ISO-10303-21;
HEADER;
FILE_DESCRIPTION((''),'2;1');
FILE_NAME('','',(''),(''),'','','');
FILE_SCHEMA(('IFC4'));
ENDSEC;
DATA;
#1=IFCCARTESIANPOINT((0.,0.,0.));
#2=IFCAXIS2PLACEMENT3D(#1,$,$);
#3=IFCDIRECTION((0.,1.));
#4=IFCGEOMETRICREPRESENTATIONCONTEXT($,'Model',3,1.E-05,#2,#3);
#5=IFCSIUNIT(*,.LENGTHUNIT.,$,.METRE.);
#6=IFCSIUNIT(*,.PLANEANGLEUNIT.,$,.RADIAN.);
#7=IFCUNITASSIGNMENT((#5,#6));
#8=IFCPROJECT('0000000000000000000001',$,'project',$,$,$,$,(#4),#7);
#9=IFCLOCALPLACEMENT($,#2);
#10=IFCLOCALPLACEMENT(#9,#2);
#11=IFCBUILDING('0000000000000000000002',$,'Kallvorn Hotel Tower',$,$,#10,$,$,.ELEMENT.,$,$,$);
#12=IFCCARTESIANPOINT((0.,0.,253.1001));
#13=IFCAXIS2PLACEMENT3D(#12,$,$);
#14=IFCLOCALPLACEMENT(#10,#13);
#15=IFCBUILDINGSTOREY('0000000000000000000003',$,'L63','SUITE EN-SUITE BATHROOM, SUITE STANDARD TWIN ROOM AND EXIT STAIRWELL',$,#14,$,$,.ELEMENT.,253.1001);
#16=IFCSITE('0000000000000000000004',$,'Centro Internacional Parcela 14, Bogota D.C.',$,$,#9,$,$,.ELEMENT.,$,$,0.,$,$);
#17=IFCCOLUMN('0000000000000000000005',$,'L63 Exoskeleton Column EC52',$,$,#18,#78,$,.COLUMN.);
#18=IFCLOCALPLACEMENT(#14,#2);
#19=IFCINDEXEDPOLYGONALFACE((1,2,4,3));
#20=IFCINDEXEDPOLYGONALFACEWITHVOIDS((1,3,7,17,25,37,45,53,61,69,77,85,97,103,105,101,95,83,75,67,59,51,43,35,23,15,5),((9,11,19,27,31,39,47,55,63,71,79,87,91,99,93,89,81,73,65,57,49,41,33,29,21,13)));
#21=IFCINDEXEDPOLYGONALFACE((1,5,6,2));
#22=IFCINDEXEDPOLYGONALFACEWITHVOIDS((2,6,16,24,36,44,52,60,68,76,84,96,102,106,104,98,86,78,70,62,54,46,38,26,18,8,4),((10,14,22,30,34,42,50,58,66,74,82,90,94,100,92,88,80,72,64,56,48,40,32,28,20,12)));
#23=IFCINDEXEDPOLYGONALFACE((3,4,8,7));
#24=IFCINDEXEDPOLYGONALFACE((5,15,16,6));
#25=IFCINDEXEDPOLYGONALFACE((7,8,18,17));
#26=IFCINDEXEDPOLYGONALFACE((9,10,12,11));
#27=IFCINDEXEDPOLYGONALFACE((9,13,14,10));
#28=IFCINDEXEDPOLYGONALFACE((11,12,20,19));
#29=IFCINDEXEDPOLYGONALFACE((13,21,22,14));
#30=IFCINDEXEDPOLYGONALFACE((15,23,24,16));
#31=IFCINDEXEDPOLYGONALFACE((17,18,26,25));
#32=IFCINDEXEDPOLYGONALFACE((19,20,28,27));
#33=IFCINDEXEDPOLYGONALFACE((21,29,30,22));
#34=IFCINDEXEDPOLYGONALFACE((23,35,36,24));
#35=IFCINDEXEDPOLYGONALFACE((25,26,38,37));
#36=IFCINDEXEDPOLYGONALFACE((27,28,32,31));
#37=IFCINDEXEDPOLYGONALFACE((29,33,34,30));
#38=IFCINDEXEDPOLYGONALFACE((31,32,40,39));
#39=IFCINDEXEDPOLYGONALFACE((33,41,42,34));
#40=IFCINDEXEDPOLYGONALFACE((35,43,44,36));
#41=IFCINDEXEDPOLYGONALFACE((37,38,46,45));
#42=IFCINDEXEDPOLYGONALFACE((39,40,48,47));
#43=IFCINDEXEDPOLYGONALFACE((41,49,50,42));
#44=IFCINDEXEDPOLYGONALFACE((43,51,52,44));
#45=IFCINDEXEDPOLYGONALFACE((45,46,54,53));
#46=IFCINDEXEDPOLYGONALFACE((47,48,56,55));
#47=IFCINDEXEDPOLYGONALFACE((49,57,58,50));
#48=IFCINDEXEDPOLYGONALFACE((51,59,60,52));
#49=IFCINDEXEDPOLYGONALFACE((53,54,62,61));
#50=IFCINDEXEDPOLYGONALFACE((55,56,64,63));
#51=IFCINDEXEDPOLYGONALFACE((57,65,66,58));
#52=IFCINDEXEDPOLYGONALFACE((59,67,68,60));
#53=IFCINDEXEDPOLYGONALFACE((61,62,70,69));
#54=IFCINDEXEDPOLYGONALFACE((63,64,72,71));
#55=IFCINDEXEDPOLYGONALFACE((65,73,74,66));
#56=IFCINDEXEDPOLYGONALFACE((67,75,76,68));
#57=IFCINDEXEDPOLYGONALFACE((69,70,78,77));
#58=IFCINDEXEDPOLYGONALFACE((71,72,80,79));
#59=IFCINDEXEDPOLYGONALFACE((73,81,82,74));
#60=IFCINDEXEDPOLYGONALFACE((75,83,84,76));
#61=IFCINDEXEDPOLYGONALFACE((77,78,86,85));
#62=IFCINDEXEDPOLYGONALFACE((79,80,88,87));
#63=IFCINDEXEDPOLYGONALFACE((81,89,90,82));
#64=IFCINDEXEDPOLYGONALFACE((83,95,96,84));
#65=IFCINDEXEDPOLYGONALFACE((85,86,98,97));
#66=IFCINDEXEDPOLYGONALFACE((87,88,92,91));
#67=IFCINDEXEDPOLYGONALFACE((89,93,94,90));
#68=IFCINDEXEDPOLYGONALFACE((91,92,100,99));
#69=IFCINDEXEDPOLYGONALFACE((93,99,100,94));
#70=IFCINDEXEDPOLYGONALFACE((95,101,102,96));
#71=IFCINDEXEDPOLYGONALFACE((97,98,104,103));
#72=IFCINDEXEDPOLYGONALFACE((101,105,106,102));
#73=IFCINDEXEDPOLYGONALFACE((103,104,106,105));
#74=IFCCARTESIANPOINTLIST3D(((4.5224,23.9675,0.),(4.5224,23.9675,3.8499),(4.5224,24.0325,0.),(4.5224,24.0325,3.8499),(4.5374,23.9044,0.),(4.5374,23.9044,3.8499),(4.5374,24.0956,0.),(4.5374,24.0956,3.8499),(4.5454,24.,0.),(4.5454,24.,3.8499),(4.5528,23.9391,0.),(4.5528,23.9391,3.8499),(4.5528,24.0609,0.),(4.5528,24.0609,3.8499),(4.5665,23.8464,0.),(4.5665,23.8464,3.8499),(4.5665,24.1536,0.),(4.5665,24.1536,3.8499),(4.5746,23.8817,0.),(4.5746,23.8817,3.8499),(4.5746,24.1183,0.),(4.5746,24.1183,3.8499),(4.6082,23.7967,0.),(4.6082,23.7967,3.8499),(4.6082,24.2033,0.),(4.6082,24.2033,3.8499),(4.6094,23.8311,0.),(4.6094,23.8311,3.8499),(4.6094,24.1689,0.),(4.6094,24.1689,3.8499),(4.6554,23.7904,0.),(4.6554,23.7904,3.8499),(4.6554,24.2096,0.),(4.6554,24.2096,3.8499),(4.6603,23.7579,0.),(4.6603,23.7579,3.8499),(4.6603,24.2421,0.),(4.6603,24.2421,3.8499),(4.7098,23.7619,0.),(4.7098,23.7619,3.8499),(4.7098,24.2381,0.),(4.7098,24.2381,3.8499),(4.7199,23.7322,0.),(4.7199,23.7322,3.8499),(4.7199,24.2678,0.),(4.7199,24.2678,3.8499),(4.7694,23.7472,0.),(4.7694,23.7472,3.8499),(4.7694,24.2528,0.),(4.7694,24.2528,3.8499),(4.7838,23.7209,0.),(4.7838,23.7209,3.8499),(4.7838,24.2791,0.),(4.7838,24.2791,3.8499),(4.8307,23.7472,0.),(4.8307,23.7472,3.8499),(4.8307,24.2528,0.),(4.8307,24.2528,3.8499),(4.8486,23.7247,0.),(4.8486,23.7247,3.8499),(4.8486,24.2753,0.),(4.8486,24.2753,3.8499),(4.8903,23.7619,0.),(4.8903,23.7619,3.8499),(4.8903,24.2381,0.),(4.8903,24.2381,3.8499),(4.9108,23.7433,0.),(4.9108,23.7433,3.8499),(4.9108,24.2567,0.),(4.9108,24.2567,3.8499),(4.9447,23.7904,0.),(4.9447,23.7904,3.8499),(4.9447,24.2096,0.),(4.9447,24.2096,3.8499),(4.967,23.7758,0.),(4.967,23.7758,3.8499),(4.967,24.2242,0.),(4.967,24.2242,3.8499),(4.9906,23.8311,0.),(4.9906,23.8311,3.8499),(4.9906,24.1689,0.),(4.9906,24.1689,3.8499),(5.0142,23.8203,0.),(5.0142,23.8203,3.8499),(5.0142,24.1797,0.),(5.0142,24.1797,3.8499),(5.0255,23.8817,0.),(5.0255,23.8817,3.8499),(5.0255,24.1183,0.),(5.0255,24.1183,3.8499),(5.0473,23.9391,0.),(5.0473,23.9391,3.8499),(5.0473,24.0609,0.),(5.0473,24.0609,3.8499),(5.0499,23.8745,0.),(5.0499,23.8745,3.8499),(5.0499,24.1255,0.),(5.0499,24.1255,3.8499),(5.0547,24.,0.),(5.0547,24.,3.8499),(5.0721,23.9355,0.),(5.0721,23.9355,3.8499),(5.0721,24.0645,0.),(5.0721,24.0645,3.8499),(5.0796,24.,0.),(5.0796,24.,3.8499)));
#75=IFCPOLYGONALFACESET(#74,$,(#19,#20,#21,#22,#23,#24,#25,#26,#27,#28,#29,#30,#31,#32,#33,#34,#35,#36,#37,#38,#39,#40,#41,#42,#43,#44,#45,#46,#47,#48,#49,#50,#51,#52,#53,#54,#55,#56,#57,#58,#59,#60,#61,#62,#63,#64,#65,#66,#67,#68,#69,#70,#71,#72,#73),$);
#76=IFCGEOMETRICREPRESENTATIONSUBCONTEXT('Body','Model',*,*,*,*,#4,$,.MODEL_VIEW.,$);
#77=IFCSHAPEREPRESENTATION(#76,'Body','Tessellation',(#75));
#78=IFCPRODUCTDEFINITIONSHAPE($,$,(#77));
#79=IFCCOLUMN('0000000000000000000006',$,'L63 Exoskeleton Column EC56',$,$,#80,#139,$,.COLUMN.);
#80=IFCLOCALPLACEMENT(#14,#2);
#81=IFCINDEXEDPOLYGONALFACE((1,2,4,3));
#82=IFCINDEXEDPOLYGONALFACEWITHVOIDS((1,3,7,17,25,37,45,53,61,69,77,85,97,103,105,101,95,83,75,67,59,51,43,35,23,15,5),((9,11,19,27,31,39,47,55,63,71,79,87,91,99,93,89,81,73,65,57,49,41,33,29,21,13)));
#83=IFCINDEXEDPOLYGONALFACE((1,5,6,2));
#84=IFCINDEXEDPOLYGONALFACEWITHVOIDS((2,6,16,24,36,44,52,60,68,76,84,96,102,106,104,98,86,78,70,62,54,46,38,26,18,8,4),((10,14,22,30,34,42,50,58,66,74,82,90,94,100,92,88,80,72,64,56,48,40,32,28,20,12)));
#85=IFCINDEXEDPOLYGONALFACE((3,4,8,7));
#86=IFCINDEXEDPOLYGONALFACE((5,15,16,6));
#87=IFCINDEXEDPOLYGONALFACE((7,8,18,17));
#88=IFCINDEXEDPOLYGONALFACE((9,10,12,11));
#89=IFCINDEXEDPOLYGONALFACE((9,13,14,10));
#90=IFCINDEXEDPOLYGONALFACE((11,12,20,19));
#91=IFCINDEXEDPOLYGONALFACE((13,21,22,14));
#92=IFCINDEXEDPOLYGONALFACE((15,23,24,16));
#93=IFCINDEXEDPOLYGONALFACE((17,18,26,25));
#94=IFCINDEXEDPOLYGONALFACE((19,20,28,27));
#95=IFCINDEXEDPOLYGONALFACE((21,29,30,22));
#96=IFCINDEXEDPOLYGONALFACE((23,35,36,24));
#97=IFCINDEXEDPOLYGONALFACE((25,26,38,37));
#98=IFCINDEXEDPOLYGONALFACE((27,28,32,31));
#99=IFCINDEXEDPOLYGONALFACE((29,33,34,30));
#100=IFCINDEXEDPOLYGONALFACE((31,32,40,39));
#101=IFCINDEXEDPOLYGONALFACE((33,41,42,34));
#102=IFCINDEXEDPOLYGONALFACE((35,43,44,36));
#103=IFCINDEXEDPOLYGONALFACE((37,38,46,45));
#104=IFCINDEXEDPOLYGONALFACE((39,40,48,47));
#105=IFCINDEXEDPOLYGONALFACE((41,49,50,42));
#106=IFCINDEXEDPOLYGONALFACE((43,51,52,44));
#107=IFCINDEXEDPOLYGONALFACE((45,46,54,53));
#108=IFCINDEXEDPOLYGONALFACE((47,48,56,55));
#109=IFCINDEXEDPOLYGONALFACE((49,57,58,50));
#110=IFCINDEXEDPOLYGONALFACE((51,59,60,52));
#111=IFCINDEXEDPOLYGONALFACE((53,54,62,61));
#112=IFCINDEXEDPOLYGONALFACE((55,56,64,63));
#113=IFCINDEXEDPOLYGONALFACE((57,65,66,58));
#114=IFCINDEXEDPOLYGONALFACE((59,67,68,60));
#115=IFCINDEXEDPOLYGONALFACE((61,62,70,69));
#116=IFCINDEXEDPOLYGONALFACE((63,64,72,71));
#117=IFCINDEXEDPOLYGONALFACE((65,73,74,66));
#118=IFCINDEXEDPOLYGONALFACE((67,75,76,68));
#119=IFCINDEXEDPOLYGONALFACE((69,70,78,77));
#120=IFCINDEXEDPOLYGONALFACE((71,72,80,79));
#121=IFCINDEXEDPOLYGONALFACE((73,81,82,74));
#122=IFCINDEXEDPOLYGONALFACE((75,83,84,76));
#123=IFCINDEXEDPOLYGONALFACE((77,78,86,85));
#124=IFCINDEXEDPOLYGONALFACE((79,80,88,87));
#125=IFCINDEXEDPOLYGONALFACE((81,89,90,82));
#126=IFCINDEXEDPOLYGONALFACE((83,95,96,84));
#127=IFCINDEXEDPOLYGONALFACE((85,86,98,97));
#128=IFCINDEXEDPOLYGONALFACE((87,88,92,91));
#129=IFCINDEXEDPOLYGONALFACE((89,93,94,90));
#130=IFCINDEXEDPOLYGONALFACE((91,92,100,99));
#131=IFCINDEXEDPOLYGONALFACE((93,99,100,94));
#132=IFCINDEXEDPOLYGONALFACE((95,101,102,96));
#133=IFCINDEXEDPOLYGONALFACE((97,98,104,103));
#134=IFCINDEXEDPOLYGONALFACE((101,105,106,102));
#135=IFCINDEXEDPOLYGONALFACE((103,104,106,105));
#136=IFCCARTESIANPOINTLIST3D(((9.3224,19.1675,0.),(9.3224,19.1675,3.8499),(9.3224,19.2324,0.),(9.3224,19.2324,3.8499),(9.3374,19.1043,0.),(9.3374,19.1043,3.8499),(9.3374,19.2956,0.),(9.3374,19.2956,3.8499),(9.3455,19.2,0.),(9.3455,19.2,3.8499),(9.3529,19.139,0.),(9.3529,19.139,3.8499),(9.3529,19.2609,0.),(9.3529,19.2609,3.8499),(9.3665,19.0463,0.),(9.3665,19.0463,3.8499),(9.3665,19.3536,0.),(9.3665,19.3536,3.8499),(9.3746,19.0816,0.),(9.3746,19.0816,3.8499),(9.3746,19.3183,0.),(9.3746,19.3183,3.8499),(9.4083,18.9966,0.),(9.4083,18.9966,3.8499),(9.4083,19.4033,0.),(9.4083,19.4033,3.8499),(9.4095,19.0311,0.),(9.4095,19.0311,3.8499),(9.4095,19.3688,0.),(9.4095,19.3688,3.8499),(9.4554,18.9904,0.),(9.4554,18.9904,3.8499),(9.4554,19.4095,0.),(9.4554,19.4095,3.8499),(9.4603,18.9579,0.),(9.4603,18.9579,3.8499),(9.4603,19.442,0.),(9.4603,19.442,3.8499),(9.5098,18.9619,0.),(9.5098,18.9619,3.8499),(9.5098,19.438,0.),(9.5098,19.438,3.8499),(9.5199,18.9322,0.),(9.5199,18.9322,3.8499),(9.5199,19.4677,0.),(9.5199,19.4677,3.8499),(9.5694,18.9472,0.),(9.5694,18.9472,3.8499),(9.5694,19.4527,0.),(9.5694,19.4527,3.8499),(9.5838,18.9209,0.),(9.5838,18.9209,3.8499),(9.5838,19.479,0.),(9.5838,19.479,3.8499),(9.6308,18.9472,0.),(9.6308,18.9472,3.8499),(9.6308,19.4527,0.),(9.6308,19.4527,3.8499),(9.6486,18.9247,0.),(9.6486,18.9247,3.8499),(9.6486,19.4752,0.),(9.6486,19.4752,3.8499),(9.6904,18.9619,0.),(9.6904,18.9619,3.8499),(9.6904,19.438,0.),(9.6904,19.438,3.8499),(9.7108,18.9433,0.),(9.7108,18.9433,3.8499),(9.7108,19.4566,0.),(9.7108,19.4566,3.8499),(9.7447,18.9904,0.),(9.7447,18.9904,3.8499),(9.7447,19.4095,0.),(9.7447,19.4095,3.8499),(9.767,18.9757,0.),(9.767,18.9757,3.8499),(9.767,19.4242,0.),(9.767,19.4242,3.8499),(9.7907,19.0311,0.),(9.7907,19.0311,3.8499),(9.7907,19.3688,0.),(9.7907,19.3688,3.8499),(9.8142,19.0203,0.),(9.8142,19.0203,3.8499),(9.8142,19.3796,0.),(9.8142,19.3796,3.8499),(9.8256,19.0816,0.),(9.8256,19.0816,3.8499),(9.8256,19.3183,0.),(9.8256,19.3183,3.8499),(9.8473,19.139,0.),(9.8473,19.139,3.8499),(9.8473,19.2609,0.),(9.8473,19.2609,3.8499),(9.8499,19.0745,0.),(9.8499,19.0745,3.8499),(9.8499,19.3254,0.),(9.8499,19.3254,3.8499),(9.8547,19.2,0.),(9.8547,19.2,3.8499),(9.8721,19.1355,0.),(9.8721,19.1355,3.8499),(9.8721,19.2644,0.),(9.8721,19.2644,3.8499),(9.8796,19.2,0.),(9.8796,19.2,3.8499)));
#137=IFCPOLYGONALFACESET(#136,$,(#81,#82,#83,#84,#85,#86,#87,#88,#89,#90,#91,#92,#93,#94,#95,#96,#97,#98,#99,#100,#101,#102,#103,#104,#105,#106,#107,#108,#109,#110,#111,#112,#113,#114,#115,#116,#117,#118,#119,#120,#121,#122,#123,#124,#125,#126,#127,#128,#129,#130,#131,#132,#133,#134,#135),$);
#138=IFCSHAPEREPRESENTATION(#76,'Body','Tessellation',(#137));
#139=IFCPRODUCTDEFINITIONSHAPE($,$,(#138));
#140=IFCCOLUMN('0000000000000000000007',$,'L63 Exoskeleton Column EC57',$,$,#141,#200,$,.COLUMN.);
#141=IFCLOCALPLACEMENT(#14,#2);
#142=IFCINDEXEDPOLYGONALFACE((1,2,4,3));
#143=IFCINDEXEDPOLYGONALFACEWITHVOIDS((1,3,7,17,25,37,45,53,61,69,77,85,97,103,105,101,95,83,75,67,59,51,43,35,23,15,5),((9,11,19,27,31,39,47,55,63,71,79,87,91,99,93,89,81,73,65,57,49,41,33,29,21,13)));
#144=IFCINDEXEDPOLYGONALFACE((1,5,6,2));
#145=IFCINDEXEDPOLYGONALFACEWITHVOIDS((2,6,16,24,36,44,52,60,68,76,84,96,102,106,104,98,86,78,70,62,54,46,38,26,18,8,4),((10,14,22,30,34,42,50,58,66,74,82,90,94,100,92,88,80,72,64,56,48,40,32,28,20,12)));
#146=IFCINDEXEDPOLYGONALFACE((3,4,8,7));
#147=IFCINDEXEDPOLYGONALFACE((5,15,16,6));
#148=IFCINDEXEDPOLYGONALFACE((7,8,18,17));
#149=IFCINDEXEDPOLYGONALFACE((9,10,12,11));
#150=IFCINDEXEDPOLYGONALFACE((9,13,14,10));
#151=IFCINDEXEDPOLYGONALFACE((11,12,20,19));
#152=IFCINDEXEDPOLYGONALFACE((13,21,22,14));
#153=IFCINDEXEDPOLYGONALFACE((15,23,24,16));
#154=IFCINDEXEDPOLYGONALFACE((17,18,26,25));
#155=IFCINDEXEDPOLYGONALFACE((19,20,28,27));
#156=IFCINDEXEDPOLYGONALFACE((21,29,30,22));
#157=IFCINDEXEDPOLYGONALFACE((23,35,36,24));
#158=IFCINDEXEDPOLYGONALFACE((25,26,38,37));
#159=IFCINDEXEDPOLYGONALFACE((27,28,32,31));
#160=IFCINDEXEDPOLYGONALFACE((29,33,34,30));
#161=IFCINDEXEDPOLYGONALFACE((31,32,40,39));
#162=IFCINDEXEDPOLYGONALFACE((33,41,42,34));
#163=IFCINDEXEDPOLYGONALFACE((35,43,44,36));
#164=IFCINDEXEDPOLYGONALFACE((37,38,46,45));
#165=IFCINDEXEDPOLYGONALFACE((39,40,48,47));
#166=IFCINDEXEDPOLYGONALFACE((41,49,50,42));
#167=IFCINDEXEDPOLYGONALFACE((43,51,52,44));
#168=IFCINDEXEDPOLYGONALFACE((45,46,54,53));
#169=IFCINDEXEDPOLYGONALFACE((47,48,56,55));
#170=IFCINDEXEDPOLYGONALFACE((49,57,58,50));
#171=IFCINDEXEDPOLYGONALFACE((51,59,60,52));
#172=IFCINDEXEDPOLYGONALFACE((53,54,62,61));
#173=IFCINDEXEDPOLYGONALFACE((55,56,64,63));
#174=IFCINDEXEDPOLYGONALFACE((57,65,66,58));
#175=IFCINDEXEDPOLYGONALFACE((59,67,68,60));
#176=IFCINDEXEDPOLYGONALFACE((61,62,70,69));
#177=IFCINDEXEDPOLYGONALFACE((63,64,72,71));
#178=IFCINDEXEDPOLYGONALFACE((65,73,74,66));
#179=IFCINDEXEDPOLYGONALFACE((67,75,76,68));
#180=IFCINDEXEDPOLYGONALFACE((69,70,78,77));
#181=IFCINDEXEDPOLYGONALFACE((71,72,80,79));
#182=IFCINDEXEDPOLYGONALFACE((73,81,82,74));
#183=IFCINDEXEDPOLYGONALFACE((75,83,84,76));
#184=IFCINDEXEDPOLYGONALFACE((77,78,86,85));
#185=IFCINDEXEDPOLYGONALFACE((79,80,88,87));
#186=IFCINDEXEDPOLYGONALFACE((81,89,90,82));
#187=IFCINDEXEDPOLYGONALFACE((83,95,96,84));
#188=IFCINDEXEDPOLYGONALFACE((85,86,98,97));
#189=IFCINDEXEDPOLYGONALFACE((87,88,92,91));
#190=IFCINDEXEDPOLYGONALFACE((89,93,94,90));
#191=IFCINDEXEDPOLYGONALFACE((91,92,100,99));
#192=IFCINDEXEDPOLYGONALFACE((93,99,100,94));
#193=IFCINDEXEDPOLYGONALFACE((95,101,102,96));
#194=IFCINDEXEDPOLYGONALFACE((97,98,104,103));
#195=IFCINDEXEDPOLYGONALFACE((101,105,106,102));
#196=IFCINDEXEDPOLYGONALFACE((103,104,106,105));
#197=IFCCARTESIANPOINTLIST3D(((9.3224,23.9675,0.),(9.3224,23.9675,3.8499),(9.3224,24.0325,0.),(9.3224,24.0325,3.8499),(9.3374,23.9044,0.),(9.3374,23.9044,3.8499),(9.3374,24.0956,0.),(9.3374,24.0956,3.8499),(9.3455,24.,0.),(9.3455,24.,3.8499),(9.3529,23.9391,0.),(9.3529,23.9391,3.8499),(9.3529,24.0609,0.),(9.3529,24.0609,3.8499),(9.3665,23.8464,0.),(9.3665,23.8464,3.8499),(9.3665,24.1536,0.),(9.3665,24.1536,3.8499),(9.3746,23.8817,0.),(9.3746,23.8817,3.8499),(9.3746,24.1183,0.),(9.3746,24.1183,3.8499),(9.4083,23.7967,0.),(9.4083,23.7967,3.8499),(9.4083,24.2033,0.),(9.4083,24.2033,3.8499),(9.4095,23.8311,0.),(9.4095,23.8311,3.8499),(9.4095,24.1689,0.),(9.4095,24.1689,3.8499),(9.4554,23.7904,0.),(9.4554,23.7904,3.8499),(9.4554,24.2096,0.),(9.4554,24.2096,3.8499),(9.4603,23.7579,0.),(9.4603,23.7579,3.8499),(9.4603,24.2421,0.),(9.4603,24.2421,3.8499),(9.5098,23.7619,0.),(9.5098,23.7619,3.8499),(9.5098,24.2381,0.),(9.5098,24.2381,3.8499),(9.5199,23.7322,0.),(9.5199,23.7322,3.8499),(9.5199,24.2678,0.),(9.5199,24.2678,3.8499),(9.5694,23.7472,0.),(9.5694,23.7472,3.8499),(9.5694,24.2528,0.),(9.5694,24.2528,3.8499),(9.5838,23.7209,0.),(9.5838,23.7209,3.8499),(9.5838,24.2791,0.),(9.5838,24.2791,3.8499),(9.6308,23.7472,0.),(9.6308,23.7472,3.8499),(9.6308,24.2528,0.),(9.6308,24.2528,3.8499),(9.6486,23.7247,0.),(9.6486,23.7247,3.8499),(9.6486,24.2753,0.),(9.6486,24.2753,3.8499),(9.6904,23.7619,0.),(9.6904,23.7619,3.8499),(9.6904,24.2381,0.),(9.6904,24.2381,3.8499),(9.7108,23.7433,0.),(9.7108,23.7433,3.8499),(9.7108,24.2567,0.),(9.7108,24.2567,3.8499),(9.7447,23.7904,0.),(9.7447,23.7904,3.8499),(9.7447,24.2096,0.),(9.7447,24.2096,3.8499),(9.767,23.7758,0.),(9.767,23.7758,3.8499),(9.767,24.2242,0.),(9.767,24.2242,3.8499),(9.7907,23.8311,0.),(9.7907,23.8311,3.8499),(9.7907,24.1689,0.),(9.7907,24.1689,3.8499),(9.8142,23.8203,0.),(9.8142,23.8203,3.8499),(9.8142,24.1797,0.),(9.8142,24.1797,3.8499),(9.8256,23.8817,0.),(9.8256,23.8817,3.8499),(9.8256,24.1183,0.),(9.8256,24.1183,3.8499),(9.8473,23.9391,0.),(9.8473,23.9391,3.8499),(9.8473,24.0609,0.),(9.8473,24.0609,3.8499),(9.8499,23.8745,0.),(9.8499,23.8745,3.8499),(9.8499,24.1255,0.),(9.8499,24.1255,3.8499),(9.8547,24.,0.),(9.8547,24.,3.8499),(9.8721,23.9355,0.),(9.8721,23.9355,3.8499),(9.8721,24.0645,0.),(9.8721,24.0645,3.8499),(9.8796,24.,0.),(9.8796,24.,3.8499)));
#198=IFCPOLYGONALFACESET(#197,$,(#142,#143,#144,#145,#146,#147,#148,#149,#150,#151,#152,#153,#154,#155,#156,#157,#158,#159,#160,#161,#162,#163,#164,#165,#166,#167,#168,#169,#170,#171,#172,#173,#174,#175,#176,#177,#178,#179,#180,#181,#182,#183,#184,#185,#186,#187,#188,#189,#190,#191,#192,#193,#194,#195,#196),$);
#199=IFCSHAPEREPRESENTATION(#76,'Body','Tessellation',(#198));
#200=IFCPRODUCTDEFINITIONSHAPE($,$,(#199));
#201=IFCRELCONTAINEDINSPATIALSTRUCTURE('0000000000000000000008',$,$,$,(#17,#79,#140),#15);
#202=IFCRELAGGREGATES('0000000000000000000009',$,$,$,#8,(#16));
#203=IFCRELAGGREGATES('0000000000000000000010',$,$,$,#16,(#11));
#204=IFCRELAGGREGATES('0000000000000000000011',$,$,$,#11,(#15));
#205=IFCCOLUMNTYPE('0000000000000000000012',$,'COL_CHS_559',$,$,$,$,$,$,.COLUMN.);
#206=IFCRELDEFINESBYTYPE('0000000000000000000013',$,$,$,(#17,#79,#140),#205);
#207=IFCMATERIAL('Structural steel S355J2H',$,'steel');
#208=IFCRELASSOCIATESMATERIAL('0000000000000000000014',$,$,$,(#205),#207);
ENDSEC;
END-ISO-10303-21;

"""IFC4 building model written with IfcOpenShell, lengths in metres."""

from ifc_helpers import new_model, si_unit, direction, frame, origin, origin_2d, place, context, subcontext, project, spatial, hollow_circle, extrude, material, material_profile, profile_set, type_object, element, save


model = new_model("IFC4")

# Units and contexts
model_context = context("Model", 3, precision=1e-05, world=origin(), true_north=direction((0.0, 1.0)))
body_context = subcontext(model_context, "Body", "Model", "MODEL_VIEW")
ifc_project = project(units=[si_unit("LENGTHUNIT", "METRE"), si_unit("PLANEANGLEUNIT", "RADIAN")], contexts=[model_context])

# Site, building, storey
site_placement = place(None, origin())
site = spatial("IfcSite", under=ifc_project, at=site_placement, Name="Centro Internacional Parcela 14, Bogota D.C.", CompositionType="ELEMENT", RefElevation=0.0)
building_placement = place(site_placement, origin())
building = spatial("IfcBuilding", under=site, at=building_placement, Name="Kallvorn Hotel Tower", CompositionType="ELEMENT")
storey_placement = place(building_placement, frame((0.0, 0.0, 253.1001)))
storey = spatial("IfcBuildingStorey", under=building, at=storey_placement, Name="L63", Description="SUITE EN-SUITE BATHROOM, SUITE STANDARD TWIN ROOM AND EXIT STAIRWELL", CompositionType="ELEMENT", Elevation=253.1001)

# Columns
ifc_material_1 = material(Name="Structural steel S355J2H", Category="steel")
ifc_material_profile_1 = material_profile(ifc_material_1, hollow_circle(Radius=0.2795, WallThickness=0.0249, at=origin_2d()), Name="CHS 559x25")
ifc_profile_set_1 = profile_set([ifc_material_profile_1], Name="Structural steel S355J2H")
column_type_1 = type_object("IfcColumnType", Name="COL_CHS_559", PredefinedType="COLUMN", material=ifc_profile_set_1)
for number, where, z_axis, x_axis, name in (
    (1, (4.8, 24.0, 0.0), (0.0, 0.0, 1.0), (1.0, 0.0, 0.0), "L63 Exoskeleton Column EC52"),
    (2, (9.6001, 19.2, 0.0), (0.0, 0.0, 1.0), (1.0, 0.0, 0.0), "L63 Exoskeleton Column EC56"),
    (3, (9.6001, 24.0, 0.0), (0.0, 0.0, 1.0), (1.0, 0.0, 0.0), "L63 Exoskeleton Column EC57"),
):
    element("IfcColumn", number, at=place(storey_placement, frame(where, z_axis=z_axis, x_axis=x_axis)), inside=storey, type_object=column_type_1, Name=name, PredefinedType="COLUMN", context=body_context, shape_type="SweptSolid", body=[
        extrude(hollow_circle(Radius=0.2795, WallThickness=0.0249, at=origin_2d()), origin(), (0.0, 0.0, 1.0), 3.8499),
    ])

save(model, "model.ifc")
